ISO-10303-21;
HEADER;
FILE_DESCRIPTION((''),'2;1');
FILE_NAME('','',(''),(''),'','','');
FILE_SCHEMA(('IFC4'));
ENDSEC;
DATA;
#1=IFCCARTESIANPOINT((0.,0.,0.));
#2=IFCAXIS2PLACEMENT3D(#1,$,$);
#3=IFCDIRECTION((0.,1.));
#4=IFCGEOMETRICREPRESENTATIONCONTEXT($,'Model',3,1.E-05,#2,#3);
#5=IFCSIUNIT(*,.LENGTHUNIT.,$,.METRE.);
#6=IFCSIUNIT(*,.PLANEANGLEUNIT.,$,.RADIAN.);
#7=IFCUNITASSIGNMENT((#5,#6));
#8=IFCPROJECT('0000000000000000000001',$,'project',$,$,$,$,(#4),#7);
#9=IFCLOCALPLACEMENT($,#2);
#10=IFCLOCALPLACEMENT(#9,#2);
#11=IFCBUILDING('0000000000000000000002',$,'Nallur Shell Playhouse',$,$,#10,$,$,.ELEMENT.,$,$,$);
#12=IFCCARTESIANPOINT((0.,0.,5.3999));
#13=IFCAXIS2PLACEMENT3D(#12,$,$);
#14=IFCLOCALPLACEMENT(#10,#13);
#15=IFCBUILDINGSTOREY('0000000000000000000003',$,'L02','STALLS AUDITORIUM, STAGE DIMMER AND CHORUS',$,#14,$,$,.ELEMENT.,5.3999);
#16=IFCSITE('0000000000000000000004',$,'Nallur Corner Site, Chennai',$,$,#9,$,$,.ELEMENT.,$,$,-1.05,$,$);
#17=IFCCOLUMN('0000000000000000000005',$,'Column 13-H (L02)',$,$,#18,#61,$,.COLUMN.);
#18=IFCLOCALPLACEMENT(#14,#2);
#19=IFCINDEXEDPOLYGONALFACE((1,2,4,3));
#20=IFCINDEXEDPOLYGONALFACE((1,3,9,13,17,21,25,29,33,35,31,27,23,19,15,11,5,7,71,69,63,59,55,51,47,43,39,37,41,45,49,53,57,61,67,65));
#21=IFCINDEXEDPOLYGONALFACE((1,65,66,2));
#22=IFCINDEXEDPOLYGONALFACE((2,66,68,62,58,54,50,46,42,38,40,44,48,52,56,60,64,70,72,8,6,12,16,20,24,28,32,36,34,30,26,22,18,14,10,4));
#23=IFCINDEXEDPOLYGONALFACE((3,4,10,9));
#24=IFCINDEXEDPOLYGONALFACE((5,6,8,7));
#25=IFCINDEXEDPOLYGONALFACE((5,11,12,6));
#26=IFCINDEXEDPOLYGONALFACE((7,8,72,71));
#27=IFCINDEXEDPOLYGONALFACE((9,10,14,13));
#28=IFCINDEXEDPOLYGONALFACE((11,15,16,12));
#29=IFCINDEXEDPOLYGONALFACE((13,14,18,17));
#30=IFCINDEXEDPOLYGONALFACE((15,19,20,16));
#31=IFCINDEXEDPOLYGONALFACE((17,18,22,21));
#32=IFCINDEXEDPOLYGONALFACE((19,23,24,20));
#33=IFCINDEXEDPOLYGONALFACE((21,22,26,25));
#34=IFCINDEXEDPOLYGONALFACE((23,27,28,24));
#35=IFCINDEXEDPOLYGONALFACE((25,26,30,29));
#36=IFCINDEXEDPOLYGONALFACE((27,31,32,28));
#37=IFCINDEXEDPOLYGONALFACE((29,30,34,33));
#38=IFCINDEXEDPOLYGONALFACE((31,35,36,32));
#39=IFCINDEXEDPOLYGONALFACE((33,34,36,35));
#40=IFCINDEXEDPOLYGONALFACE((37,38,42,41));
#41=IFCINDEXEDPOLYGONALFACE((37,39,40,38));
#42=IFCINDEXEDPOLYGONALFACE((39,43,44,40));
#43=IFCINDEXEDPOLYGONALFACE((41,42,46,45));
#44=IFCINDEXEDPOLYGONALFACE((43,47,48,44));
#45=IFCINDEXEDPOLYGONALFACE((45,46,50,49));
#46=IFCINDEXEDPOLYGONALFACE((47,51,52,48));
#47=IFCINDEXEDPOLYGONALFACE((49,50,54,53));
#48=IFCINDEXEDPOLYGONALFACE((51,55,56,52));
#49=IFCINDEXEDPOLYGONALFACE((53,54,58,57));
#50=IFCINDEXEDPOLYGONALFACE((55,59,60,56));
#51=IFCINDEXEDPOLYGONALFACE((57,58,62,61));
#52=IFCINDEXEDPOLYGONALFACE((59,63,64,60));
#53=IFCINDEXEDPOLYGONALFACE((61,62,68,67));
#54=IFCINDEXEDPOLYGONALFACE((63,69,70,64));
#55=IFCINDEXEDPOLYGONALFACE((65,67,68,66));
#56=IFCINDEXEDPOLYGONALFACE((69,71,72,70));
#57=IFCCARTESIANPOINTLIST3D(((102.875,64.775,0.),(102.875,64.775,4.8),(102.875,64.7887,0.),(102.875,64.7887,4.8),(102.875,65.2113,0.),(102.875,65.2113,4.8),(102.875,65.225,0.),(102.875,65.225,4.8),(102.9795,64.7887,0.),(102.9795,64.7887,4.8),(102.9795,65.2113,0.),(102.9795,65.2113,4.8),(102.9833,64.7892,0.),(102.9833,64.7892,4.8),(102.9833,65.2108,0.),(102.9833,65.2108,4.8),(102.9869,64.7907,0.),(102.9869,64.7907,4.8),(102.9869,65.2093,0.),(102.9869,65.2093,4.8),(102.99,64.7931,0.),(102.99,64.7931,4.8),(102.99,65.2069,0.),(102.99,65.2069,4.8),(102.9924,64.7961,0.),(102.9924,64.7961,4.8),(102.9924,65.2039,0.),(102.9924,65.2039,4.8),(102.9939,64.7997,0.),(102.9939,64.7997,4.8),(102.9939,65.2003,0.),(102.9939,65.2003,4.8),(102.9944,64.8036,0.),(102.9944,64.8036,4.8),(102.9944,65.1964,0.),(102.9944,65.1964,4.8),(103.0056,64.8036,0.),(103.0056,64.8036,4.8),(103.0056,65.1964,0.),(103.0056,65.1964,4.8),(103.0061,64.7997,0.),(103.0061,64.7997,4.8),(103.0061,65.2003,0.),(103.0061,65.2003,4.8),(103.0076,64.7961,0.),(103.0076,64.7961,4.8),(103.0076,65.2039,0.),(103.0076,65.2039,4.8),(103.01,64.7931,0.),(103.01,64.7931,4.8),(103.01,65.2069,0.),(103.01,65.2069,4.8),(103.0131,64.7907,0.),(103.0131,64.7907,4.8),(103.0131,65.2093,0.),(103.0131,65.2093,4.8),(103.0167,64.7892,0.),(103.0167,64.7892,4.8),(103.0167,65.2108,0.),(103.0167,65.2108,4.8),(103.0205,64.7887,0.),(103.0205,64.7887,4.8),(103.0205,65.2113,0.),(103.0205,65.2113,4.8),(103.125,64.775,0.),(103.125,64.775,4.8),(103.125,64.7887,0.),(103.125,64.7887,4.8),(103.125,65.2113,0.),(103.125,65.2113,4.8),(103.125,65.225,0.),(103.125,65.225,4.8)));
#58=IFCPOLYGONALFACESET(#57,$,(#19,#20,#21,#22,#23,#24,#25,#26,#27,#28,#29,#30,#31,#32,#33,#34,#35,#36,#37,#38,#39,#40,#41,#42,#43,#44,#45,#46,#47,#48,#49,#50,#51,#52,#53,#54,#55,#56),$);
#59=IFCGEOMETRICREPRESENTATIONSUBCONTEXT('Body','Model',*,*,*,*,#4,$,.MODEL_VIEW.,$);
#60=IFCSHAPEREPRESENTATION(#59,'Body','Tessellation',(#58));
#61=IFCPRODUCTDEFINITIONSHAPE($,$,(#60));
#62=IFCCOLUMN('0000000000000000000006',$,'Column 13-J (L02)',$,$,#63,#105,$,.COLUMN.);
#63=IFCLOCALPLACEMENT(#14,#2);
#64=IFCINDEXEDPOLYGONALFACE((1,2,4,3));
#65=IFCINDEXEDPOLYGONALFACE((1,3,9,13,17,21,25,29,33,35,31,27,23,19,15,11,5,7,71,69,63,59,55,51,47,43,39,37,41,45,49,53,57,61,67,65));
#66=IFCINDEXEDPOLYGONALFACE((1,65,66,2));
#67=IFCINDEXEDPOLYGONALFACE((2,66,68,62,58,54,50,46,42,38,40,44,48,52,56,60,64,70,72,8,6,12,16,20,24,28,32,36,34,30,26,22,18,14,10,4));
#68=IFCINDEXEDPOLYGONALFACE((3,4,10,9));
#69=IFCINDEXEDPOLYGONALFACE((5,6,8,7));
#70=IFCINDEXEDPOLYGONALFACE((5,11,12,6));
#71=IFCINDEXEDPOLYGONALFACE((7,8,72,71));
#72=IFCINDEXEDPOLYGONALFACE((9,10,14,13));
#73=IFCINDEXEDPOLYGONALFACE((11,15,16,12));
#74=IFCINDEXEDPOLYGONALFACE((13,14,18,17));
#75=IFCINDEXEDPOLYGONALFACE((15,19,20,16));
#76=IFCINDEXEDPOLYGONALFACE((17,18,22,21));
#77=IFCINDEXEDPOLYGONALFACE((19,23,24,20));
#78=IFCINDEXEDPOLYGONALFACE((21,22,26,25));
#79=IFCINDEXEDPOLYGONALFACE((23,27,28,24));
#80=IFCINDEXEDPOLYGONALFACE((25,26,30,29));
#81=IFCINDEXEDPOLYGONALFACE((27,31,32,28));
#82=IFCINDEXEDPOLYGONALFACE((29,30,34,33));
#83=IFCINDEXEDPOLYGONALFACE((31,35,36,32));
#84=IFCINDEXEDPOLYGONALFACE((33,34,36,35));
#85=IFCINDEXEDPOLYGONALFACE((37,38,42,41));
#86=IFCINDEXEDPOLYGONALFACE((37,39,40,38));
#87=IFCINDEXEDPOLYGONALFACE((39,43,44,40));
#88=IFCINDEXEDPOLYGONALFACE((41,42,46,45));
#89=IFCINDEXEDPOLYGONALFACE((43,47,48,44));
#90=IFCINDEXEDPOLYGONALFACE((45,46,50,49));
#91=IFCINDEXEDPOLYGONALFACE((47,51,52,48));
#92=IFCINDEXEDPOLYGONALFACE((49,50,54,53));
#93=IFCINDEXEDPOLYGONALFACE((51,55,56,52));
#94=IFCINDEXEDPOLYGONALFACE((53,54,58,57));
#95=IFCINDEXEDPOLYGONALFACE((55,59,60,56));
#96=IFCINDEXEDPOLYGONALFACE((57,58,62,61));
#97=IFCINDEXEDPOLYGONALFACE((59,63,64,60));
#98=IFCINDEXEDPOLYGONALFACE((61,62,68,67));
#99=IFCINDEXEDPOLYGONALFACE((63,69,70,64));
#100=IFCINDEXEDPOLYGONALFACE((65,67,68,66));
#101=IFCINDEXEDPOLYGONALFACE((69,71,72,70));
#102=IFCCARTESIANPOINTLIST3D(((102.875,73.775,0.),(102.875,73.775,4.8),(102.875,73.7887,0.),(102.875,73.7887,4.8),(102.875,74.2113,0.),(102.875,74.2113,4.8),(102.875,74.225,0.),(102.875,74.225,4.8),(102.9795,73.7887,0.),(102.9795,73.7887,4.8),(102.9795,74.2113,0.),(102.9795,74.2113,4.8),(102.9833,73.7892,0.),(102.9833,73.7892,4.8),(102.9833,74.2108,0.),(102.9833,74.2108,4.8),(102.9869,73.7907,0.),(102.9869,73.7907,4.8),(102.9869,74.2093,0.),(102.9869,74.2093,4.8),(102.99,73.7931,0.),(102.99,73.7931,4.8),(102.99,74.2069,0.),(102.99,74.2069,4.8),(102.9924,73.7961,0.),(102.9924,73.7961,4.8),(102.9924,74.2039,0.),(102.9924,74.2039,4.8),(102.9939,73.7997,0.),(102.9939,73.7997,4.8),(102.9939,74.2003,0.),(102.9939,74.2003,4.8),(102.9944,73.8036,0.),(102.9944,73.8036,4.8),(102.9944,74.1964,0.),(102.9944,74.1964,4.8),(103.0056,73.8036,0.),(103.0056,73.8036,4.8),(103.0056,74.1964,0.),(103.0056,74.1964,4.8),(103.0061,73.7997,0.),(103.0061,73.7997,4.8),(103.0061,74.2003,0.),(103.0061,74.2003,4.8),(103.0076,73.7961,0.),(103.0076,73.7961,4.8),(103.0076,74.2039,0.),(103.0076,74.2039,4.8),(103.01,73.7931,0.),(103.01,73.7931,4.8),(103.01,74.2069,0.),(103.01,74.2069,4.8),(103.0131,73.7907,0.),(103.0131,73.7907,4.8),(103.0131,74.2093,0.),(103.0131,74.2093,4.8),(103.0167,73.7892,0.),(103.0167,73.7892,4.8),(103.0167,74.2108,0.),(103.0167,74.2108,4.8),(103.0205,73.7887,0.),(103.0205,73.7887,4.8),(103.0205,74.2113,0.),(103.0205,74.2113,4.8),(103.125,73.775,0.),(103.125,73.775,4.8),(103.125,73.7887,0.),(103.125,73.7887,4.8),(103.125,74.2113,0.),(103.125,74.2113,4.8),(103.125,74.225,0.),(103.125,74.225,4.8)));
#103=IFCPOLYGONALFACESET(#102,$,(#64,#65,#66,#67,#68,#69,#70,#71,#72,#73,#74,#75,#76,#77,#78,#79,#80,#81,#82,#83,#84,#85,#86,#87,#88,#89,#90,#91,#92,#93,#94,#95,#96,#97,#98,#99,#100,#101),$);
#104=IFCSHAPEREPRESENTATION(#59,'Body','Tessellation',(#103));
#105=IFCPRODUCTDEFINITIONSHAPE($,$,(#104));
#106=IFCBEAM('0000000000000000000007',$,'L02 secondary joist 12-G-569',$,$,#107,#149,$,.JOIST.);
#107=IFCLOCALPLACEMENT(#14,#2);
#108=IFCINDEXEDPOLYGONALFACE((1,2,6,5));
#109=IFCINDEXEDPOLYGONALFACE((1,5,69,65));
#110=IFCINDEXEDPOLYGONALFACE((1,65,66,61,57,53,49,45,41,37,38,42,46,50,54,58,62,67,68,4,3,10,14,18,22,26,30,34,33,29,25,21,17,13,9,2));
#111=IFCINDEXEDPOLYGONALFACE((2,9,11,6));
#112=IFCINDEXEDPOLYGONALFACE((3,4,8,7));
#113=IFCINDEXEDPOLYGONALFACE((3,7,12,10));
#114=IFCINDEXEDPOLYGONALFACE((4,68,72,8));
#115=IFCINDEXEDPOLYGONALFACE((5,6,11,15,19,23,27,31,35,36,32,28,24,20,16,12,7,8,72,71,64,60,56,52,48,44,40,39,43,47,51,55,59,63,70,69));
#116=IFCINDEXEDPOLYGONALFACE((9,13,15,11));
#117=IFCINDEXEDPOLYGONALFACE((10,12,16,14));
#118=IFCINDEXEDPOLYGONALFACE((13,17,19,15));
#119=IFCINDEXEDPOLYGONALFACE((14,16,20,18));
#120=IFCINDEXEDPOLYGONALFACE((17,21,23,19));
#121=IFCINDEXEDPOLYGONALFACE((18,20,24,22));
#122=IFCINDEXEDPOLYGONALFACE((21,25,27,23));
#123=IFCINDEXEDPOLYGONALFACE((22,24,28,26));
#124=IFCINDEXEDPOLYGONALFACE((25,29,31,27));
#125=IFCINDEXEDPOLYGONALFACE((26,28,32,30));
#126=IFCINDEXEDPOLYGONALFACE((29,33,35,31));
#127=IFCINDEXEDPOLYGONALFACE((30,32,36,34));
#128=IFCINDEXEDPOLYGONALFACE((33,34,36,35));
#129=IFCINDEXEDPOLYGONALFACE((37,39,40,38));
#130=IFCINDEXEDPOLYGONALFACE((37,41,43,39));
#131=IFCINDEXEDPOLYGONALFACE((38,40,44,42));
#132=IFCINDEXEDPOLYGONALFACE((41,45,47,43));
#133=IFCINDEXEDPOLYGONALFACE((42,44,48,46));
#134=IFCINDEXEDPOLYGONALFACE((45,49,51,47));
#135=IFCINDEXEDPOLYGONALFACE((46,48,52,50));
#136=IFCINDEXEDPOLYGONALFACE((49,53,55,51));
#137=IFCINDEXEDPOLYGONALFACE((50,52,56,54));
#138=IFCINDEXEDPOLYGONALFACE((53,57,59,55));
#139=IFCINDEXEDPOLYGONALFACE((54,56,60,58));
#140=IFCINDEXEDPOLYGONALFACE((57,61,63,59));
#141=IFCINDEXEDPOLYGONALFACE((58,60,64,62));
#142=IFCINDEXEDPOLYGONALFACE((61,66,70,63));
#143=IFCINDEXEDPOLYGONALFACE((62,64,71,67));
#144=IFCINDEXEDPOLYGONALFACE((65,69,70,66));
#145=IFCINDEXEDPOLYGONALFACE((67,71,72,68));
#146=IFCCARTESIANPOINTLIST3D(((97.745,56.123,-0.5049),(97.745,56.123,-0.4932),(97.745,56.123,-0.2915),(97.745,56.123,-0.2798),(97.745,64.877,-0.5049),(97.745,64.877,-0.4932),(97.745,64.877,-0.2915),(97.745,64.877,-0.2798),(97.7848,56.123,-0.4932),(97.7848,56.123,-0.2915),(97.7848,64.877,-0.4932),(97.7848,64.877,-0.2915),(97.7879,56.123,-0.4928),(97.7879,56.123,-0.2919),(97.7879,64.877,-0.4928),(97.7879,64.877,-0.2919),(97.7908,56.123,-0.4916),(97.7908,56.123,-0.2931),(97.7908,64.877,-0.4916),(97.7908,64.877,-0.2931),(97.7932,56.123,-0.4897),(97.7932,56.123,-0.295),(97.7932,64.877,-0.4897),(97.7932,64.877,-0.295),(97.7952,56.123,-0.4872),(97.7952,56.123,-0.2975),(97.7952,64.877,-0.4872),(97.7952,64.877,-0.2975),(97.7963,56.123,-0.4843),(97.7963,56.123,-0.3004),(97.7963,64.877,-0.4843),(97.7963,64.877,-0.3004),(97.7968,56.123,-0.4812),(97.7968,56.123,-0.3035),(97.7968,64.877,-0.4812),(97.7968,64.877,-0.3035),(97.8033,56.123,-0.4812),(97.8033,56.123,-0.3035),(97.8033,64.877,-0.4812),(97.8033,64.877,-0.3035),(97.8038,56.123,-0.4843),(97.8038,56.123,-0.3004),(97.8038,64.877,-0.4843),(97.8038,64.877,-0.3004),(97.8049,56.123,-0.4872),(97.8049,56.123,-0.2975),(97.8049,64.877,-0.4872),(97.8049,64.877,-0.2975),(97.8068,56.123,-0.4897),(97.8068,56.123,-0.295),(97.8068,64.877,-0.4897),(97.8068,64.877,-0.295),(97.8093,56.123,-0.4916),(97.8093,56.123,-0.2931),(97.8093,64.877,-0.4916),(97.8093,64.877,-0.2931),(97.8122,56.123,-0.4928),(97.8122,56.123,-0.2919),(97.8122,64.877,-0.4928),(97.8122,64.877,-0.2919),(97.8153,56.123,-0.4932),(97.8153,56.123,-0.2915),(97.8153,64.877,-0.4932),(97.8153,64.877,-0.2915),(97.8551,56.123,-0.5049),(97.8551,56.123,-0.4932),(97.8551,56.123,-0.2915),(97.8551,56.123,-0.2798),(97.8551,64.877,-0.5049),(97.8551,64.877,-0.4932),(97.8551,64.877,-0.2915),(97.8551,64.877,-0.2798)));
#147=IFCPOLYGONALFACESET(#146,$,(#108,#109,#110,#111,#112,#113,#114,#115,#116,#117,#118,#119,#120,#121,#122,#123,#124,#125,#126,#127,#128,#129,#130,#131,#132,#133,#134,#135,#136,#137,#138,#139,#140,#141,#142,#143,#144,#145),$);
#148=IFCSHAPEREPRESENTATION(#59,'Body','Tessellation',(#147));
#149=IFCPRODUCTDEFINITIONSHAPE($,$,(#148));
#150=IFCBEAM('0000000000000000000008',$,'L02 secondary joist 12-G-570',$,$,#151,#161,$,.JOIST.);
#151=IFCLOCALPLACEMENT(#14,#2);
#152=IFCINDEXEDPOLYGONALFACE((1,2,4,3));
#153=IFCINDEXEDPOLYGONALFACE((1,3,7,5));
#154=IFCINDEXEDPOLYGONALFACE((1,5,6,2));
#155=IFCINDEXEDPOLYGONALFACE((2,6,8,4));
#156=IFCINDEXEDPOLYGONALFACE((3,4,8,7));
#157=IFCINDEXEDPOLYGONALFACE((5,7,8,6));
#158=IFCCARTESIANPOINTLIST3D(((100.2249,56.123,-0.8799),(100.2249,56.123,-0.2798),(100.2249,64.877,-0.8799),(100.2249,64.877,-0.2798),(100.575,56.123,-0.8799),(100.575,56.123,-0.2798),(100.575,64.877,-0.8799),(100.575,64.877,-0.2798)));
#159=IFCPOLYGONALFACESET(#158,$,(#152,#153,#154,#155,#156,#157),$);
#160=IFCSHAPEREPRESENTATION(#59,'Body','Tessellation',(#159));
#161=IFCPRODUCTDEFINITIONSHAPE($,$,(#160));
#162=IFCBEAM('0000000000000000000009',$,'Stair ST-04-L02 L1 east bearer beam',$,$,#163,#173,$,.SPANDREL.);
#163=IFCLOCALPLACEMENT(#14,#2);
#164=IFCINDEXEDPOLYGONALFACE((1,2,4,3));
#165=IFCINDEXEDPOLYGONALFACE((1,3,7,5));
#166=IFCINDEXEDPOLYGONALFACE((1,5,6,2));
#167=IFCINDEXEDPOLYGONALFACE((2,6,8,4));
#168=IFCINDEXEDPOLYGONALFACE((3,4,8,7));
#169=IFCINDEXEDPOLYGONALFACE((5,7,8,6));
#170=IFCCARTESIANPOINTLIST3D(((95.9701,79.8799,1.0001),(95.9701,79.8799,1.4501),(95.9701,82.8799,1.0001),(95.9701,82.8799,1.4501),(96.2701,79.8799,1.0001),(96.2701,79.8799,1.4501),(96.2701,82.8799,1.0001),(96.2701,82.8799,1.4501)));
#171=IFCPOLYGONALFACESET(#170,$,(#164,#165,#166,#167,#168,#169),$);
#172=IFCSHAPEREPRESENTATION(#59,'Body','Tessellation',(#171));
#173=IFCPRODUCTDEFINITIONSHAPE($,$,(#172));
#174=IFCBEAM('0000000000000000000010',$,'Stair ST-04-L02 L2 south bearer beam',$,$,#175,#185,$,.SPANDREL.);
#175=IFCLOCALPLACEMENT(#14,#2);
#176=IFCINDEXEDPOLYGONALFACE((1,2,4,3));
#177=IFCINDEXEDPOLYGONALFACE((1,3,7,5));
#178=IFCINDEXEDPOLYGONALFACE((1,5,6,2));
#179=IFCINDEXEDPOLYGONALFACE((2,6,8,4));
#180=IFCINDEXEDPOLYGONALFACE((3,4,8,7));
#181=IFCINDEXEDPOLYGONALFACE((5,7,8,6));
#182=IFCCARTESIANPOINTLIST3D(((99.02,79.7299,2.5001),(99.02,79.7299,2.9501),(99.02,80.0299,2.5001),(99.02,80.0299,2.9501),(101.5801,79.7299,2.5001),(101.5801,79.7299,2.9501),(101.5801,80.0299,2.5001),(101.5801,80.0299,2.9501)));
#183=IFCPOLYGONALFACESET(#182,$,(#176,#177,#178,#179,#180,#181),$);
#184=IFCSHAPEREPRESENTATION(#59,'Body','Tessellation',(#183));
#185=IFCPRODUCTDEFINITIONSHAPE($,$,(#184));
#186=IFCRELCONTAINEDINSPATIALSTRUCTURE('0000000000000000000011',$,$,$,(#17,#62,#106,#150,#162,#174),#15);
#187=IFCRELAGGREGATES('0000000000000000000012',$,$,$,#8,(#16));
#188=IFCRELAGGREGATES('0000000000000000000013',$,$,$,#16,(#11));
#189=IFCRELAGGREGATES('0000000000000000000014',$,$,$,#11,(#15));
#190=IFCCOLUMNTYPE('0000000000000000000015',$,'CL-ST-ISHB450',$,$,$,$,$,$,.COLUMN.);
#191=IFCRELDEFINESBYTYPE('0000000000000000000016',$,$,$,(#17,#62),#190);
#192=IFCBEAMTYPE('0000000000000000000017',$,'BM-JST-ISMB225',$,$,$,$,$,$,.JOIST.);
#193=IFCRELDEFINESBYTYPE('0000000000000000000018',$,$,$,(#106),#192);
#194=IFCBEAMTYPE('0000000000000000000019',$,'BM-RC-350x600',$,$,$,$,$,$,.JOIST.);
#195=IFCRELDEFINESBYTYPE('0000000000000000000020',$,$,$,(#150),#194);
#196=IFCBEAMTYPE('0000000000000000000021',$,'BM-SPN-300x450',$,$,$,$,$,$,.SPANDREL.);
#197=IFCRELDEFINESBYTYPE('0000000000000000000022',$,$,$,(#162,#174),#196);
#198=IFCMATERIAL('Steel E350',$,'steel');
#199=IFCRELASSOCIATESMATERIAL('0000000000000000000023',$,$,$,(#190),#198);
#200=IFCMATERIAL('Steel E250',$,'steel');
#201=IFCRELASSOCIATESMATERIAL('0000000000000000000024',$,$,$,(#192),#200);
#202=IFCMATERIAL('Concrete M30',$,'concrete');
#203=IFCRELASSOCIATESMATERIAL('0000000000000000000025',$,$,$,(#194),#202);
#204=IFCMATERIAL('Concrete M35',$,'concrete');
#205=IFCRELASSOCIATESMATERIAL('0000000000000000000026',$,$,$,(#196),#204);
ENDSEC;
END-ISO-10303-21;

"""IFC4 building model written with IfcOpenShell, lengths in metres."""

from ifc_helpers import new_model, si_unit, direction, frame, origin, origin_2d, place, context, subcontext, project, spatial, rectangle, i_section, extrude, material, material_profile, profile_set, type_object, element, save


model = new_model("IFC4")

# Units and contexts
model_context = context("Model", 3, precision=1e-05, world=origin(), true_north=direction((0.0, 1.0)))
body_context = subcontext(model_context, "Body", "Model", "MODEL_VIEW")
ifc_project = project(units=[si_unit("LENGTHUNIT", "METRE"), si_unit("PLANEANGLEUNIT", "RADIAN")], contexts=[model_context])

# Site, building, storey
site_placement = place(None, origin())
site = spatial("IfcSite", under=ifc_project, at=site_placement, Name="Nallur Corner Site, Chennai", CompositionType="ELEMENT", RefElevation=-1.05)
building_placement = place(site_placement, origin())
building = spatial("IfcBuilding", under=site, at=building_placement, Name="Nallur Shell Playhouse", CompositionType="ELEMENT")
storey_placement = place(building_placement, frame((0.0, 0.0, 5.3999)))
storey = spatial("IfcBuildingStorey", under=building, at=storey_placement, Name="L02", Description="STALLS AUDITORIUM, STAGE DIMMER AND CHORUS", CompositionType="ELEMENT", Elevation=5.3999)

# Columns
ifc_material_1 = material(Name="Steel E350", Category="steel")
ifc_material_profile_1 = material_profile(ifc_material_1, i_section(OverallWidth=0.25, OverallDepth=0.45, WebThickness=0.0112, FlangeThickness=0.0137, FilletRadius=0.0149, at=origin_2d()), Name="ISHB 450")
ifc_profile_set_1 = profile_set([ifc_material_profile_1], Name="Steel E350")
column_type_1 = type_object("IfcColumnType", Name="CL-ST-ISHB450", PredefinedType="COLUMN", material=ifc_profile_set_1)
for number, where, z_axis, x_axis, name in (
    (1, (103.0, 65.0, 0.0), (0.0, 0.0, 1.0), (1.0, 0.0, 0.0), "Column 13-H (L02)"),
    (2, (103.0, 74.0, 0.0), (0.0, 0.0, 1.0), (1.0, 0.0, 0.0), "Column 13-J (L02)"),
):
    element("IfcColumn", number, at=place(storey_placement, frame(where, z_axis=z_axis, x_axis=x_axis)), inside=storey, type_object=column_type_1, Name=name, PredefinedType="COLUMN", context=body_context, shape_type="SweptSolid", body=[
        extrude(i_section(OverallWidth=0.25, OverallDepth=0.45, WebThickness=0.0112, FlangeThickness=0.0137, FilletRadius=0.0149, at=origin_2d()), origin(), (0.0, 0.0, 1.0), 4.8),
    ])

# Beams
ifc_material_2 = material(Name="Steel E250", Category="steel")
ifc_material_profile_2 = material_profile(ifc_material_2, i_section(OverallWidth=0.1101, OverallDepth=0.2251, WebThickness=0.0066, FlangeThickness=0.0117, FilletRadius=0.012, at=origin_2d()), Name="ISMB 225")
ifc_profile_set_2 = profile_set([ifc_material_profile_2], Name="Steel E250")
beam_type_1 = type_object("IfcBeamType", Name="BM-JST-ISMB225", PredefinedType="JOIST", material=ifc_profile_set_2)
beam_1_placement = place(storey_placement, frame((97.8, 56.123, -0.3923), z_axis=(0.0, 1.0, 0.0), x_axis=(-1.0, 0.0, 0.0)))
element("IfcBeam", 3, at=beam_1_placement, inside=storey, type_object=beam_type_1, Name="L02 secondary joist 12-G-569", PredefinedType="JOIST", context=body_context, shape_type="SweptSolid", body=[
    extrude(i_section(OverallWidth=0.1101, OverallDepth=0.2251, WebThickness=0.0066, FlangeThickness=0.0117, FilletRadius=0.012, at=origin_2d()), origin(), (0.0, 0.0, 1.0), 8.7539),
])
ifc_material_3 = material(Name="Concrete M30", Category="concrete")
ifc_material_profile_3 = material_profile(ifc_material_3, rectangle(XDim=0.3501, YDim=0.6001, at=origin_2d()), Name="RC 350x600")
ifc_profile_set_3 = profile_set([ifc_material_profile_3], Name="Concrete M30")
beam_type_2 = type_object("IfcBeamType", Name="BM-RC-350x600", PredefinedType="JOIST", material=ifc_profile_set_3)
beam_2_placement = place(storey_placement, frame((100.3999, 56.123, -0.5798), z_axis=(0.0, 1.0, 0.0), x_axis=(-1.0, 0.0, 0.0)))
element("IfcBeam", 4, at=beam_2_placement, inside=storey, type_object=beam_type_2, Name="L02 secondary joist 12-G-570", PredefinedType="JOIST", context=body_context, shape_type="SweptSolid", body=[
    extrude(rectangle(XDim=0.3501, YDim=0.6001, at=origin_2d()), origin(), (0.0, 0.0, 1.0), 8.7539),
])
ifc_material_4 = material(Name="Concrete M35", Category="concrete")
ifc_material_profile_4 = material_profile(ifc_material_4, rectangle(XDim=0.3, YDim=0.45, at=origin_2d()), Name="RC 300x450")
ifc_profile_set_4 = profile_set([ifc_material_profile_4], Name="Concrete M35")
beam_type_3 = type_object("IfcBeamType", Name="BM-SPN-300x450", PredefinedType="SPANDREL", material=ifc_profile_set_4)
beam_3_placement = place(storey_placement, frame((96.1201, 79.8799, 1.2251), z_axis=(0.0, 1.0, 0.0), x_axis=(-1.0, 0.0, 0.0)))
element("IfcBeam", 5, at=beam_3_placement, inside=storey, type_object=beam_type_3, Name="Stair ST-04-L02 L1 east bearer beam", PredefinedType="SPANDREL", context=body_context, shape_type="SweptSolid", body=[
    extrude(rectangle(XDim=0.3, YDim=0.45, at=origin_2d()), origin(), (0.0, 0.0, 1.0), 3.0),
])
beam_4_placement = place(storey_placement, frame((99.02, 79.8799, 2.7251), z_axis=(1.0, 0.0, 0.0), x_axis=(0.0, 1.0, 0.0)))
element("IfcBeam", 6, at=beam_4_placement, inside=storey, type_object=beam_type_3, Name="Stair ST-04-L02 L2 south bearer beam", PredefinedType="SPANDREL", context=body_context, shape_type="SweptSolid", body=[
    extrude(rectangle(XDim=0.3, YDim=0.45, at=origin_2d()), origin(), (0.0, 0.0, 1.0), 2.5601),
])

save(model, "model.ifc")
